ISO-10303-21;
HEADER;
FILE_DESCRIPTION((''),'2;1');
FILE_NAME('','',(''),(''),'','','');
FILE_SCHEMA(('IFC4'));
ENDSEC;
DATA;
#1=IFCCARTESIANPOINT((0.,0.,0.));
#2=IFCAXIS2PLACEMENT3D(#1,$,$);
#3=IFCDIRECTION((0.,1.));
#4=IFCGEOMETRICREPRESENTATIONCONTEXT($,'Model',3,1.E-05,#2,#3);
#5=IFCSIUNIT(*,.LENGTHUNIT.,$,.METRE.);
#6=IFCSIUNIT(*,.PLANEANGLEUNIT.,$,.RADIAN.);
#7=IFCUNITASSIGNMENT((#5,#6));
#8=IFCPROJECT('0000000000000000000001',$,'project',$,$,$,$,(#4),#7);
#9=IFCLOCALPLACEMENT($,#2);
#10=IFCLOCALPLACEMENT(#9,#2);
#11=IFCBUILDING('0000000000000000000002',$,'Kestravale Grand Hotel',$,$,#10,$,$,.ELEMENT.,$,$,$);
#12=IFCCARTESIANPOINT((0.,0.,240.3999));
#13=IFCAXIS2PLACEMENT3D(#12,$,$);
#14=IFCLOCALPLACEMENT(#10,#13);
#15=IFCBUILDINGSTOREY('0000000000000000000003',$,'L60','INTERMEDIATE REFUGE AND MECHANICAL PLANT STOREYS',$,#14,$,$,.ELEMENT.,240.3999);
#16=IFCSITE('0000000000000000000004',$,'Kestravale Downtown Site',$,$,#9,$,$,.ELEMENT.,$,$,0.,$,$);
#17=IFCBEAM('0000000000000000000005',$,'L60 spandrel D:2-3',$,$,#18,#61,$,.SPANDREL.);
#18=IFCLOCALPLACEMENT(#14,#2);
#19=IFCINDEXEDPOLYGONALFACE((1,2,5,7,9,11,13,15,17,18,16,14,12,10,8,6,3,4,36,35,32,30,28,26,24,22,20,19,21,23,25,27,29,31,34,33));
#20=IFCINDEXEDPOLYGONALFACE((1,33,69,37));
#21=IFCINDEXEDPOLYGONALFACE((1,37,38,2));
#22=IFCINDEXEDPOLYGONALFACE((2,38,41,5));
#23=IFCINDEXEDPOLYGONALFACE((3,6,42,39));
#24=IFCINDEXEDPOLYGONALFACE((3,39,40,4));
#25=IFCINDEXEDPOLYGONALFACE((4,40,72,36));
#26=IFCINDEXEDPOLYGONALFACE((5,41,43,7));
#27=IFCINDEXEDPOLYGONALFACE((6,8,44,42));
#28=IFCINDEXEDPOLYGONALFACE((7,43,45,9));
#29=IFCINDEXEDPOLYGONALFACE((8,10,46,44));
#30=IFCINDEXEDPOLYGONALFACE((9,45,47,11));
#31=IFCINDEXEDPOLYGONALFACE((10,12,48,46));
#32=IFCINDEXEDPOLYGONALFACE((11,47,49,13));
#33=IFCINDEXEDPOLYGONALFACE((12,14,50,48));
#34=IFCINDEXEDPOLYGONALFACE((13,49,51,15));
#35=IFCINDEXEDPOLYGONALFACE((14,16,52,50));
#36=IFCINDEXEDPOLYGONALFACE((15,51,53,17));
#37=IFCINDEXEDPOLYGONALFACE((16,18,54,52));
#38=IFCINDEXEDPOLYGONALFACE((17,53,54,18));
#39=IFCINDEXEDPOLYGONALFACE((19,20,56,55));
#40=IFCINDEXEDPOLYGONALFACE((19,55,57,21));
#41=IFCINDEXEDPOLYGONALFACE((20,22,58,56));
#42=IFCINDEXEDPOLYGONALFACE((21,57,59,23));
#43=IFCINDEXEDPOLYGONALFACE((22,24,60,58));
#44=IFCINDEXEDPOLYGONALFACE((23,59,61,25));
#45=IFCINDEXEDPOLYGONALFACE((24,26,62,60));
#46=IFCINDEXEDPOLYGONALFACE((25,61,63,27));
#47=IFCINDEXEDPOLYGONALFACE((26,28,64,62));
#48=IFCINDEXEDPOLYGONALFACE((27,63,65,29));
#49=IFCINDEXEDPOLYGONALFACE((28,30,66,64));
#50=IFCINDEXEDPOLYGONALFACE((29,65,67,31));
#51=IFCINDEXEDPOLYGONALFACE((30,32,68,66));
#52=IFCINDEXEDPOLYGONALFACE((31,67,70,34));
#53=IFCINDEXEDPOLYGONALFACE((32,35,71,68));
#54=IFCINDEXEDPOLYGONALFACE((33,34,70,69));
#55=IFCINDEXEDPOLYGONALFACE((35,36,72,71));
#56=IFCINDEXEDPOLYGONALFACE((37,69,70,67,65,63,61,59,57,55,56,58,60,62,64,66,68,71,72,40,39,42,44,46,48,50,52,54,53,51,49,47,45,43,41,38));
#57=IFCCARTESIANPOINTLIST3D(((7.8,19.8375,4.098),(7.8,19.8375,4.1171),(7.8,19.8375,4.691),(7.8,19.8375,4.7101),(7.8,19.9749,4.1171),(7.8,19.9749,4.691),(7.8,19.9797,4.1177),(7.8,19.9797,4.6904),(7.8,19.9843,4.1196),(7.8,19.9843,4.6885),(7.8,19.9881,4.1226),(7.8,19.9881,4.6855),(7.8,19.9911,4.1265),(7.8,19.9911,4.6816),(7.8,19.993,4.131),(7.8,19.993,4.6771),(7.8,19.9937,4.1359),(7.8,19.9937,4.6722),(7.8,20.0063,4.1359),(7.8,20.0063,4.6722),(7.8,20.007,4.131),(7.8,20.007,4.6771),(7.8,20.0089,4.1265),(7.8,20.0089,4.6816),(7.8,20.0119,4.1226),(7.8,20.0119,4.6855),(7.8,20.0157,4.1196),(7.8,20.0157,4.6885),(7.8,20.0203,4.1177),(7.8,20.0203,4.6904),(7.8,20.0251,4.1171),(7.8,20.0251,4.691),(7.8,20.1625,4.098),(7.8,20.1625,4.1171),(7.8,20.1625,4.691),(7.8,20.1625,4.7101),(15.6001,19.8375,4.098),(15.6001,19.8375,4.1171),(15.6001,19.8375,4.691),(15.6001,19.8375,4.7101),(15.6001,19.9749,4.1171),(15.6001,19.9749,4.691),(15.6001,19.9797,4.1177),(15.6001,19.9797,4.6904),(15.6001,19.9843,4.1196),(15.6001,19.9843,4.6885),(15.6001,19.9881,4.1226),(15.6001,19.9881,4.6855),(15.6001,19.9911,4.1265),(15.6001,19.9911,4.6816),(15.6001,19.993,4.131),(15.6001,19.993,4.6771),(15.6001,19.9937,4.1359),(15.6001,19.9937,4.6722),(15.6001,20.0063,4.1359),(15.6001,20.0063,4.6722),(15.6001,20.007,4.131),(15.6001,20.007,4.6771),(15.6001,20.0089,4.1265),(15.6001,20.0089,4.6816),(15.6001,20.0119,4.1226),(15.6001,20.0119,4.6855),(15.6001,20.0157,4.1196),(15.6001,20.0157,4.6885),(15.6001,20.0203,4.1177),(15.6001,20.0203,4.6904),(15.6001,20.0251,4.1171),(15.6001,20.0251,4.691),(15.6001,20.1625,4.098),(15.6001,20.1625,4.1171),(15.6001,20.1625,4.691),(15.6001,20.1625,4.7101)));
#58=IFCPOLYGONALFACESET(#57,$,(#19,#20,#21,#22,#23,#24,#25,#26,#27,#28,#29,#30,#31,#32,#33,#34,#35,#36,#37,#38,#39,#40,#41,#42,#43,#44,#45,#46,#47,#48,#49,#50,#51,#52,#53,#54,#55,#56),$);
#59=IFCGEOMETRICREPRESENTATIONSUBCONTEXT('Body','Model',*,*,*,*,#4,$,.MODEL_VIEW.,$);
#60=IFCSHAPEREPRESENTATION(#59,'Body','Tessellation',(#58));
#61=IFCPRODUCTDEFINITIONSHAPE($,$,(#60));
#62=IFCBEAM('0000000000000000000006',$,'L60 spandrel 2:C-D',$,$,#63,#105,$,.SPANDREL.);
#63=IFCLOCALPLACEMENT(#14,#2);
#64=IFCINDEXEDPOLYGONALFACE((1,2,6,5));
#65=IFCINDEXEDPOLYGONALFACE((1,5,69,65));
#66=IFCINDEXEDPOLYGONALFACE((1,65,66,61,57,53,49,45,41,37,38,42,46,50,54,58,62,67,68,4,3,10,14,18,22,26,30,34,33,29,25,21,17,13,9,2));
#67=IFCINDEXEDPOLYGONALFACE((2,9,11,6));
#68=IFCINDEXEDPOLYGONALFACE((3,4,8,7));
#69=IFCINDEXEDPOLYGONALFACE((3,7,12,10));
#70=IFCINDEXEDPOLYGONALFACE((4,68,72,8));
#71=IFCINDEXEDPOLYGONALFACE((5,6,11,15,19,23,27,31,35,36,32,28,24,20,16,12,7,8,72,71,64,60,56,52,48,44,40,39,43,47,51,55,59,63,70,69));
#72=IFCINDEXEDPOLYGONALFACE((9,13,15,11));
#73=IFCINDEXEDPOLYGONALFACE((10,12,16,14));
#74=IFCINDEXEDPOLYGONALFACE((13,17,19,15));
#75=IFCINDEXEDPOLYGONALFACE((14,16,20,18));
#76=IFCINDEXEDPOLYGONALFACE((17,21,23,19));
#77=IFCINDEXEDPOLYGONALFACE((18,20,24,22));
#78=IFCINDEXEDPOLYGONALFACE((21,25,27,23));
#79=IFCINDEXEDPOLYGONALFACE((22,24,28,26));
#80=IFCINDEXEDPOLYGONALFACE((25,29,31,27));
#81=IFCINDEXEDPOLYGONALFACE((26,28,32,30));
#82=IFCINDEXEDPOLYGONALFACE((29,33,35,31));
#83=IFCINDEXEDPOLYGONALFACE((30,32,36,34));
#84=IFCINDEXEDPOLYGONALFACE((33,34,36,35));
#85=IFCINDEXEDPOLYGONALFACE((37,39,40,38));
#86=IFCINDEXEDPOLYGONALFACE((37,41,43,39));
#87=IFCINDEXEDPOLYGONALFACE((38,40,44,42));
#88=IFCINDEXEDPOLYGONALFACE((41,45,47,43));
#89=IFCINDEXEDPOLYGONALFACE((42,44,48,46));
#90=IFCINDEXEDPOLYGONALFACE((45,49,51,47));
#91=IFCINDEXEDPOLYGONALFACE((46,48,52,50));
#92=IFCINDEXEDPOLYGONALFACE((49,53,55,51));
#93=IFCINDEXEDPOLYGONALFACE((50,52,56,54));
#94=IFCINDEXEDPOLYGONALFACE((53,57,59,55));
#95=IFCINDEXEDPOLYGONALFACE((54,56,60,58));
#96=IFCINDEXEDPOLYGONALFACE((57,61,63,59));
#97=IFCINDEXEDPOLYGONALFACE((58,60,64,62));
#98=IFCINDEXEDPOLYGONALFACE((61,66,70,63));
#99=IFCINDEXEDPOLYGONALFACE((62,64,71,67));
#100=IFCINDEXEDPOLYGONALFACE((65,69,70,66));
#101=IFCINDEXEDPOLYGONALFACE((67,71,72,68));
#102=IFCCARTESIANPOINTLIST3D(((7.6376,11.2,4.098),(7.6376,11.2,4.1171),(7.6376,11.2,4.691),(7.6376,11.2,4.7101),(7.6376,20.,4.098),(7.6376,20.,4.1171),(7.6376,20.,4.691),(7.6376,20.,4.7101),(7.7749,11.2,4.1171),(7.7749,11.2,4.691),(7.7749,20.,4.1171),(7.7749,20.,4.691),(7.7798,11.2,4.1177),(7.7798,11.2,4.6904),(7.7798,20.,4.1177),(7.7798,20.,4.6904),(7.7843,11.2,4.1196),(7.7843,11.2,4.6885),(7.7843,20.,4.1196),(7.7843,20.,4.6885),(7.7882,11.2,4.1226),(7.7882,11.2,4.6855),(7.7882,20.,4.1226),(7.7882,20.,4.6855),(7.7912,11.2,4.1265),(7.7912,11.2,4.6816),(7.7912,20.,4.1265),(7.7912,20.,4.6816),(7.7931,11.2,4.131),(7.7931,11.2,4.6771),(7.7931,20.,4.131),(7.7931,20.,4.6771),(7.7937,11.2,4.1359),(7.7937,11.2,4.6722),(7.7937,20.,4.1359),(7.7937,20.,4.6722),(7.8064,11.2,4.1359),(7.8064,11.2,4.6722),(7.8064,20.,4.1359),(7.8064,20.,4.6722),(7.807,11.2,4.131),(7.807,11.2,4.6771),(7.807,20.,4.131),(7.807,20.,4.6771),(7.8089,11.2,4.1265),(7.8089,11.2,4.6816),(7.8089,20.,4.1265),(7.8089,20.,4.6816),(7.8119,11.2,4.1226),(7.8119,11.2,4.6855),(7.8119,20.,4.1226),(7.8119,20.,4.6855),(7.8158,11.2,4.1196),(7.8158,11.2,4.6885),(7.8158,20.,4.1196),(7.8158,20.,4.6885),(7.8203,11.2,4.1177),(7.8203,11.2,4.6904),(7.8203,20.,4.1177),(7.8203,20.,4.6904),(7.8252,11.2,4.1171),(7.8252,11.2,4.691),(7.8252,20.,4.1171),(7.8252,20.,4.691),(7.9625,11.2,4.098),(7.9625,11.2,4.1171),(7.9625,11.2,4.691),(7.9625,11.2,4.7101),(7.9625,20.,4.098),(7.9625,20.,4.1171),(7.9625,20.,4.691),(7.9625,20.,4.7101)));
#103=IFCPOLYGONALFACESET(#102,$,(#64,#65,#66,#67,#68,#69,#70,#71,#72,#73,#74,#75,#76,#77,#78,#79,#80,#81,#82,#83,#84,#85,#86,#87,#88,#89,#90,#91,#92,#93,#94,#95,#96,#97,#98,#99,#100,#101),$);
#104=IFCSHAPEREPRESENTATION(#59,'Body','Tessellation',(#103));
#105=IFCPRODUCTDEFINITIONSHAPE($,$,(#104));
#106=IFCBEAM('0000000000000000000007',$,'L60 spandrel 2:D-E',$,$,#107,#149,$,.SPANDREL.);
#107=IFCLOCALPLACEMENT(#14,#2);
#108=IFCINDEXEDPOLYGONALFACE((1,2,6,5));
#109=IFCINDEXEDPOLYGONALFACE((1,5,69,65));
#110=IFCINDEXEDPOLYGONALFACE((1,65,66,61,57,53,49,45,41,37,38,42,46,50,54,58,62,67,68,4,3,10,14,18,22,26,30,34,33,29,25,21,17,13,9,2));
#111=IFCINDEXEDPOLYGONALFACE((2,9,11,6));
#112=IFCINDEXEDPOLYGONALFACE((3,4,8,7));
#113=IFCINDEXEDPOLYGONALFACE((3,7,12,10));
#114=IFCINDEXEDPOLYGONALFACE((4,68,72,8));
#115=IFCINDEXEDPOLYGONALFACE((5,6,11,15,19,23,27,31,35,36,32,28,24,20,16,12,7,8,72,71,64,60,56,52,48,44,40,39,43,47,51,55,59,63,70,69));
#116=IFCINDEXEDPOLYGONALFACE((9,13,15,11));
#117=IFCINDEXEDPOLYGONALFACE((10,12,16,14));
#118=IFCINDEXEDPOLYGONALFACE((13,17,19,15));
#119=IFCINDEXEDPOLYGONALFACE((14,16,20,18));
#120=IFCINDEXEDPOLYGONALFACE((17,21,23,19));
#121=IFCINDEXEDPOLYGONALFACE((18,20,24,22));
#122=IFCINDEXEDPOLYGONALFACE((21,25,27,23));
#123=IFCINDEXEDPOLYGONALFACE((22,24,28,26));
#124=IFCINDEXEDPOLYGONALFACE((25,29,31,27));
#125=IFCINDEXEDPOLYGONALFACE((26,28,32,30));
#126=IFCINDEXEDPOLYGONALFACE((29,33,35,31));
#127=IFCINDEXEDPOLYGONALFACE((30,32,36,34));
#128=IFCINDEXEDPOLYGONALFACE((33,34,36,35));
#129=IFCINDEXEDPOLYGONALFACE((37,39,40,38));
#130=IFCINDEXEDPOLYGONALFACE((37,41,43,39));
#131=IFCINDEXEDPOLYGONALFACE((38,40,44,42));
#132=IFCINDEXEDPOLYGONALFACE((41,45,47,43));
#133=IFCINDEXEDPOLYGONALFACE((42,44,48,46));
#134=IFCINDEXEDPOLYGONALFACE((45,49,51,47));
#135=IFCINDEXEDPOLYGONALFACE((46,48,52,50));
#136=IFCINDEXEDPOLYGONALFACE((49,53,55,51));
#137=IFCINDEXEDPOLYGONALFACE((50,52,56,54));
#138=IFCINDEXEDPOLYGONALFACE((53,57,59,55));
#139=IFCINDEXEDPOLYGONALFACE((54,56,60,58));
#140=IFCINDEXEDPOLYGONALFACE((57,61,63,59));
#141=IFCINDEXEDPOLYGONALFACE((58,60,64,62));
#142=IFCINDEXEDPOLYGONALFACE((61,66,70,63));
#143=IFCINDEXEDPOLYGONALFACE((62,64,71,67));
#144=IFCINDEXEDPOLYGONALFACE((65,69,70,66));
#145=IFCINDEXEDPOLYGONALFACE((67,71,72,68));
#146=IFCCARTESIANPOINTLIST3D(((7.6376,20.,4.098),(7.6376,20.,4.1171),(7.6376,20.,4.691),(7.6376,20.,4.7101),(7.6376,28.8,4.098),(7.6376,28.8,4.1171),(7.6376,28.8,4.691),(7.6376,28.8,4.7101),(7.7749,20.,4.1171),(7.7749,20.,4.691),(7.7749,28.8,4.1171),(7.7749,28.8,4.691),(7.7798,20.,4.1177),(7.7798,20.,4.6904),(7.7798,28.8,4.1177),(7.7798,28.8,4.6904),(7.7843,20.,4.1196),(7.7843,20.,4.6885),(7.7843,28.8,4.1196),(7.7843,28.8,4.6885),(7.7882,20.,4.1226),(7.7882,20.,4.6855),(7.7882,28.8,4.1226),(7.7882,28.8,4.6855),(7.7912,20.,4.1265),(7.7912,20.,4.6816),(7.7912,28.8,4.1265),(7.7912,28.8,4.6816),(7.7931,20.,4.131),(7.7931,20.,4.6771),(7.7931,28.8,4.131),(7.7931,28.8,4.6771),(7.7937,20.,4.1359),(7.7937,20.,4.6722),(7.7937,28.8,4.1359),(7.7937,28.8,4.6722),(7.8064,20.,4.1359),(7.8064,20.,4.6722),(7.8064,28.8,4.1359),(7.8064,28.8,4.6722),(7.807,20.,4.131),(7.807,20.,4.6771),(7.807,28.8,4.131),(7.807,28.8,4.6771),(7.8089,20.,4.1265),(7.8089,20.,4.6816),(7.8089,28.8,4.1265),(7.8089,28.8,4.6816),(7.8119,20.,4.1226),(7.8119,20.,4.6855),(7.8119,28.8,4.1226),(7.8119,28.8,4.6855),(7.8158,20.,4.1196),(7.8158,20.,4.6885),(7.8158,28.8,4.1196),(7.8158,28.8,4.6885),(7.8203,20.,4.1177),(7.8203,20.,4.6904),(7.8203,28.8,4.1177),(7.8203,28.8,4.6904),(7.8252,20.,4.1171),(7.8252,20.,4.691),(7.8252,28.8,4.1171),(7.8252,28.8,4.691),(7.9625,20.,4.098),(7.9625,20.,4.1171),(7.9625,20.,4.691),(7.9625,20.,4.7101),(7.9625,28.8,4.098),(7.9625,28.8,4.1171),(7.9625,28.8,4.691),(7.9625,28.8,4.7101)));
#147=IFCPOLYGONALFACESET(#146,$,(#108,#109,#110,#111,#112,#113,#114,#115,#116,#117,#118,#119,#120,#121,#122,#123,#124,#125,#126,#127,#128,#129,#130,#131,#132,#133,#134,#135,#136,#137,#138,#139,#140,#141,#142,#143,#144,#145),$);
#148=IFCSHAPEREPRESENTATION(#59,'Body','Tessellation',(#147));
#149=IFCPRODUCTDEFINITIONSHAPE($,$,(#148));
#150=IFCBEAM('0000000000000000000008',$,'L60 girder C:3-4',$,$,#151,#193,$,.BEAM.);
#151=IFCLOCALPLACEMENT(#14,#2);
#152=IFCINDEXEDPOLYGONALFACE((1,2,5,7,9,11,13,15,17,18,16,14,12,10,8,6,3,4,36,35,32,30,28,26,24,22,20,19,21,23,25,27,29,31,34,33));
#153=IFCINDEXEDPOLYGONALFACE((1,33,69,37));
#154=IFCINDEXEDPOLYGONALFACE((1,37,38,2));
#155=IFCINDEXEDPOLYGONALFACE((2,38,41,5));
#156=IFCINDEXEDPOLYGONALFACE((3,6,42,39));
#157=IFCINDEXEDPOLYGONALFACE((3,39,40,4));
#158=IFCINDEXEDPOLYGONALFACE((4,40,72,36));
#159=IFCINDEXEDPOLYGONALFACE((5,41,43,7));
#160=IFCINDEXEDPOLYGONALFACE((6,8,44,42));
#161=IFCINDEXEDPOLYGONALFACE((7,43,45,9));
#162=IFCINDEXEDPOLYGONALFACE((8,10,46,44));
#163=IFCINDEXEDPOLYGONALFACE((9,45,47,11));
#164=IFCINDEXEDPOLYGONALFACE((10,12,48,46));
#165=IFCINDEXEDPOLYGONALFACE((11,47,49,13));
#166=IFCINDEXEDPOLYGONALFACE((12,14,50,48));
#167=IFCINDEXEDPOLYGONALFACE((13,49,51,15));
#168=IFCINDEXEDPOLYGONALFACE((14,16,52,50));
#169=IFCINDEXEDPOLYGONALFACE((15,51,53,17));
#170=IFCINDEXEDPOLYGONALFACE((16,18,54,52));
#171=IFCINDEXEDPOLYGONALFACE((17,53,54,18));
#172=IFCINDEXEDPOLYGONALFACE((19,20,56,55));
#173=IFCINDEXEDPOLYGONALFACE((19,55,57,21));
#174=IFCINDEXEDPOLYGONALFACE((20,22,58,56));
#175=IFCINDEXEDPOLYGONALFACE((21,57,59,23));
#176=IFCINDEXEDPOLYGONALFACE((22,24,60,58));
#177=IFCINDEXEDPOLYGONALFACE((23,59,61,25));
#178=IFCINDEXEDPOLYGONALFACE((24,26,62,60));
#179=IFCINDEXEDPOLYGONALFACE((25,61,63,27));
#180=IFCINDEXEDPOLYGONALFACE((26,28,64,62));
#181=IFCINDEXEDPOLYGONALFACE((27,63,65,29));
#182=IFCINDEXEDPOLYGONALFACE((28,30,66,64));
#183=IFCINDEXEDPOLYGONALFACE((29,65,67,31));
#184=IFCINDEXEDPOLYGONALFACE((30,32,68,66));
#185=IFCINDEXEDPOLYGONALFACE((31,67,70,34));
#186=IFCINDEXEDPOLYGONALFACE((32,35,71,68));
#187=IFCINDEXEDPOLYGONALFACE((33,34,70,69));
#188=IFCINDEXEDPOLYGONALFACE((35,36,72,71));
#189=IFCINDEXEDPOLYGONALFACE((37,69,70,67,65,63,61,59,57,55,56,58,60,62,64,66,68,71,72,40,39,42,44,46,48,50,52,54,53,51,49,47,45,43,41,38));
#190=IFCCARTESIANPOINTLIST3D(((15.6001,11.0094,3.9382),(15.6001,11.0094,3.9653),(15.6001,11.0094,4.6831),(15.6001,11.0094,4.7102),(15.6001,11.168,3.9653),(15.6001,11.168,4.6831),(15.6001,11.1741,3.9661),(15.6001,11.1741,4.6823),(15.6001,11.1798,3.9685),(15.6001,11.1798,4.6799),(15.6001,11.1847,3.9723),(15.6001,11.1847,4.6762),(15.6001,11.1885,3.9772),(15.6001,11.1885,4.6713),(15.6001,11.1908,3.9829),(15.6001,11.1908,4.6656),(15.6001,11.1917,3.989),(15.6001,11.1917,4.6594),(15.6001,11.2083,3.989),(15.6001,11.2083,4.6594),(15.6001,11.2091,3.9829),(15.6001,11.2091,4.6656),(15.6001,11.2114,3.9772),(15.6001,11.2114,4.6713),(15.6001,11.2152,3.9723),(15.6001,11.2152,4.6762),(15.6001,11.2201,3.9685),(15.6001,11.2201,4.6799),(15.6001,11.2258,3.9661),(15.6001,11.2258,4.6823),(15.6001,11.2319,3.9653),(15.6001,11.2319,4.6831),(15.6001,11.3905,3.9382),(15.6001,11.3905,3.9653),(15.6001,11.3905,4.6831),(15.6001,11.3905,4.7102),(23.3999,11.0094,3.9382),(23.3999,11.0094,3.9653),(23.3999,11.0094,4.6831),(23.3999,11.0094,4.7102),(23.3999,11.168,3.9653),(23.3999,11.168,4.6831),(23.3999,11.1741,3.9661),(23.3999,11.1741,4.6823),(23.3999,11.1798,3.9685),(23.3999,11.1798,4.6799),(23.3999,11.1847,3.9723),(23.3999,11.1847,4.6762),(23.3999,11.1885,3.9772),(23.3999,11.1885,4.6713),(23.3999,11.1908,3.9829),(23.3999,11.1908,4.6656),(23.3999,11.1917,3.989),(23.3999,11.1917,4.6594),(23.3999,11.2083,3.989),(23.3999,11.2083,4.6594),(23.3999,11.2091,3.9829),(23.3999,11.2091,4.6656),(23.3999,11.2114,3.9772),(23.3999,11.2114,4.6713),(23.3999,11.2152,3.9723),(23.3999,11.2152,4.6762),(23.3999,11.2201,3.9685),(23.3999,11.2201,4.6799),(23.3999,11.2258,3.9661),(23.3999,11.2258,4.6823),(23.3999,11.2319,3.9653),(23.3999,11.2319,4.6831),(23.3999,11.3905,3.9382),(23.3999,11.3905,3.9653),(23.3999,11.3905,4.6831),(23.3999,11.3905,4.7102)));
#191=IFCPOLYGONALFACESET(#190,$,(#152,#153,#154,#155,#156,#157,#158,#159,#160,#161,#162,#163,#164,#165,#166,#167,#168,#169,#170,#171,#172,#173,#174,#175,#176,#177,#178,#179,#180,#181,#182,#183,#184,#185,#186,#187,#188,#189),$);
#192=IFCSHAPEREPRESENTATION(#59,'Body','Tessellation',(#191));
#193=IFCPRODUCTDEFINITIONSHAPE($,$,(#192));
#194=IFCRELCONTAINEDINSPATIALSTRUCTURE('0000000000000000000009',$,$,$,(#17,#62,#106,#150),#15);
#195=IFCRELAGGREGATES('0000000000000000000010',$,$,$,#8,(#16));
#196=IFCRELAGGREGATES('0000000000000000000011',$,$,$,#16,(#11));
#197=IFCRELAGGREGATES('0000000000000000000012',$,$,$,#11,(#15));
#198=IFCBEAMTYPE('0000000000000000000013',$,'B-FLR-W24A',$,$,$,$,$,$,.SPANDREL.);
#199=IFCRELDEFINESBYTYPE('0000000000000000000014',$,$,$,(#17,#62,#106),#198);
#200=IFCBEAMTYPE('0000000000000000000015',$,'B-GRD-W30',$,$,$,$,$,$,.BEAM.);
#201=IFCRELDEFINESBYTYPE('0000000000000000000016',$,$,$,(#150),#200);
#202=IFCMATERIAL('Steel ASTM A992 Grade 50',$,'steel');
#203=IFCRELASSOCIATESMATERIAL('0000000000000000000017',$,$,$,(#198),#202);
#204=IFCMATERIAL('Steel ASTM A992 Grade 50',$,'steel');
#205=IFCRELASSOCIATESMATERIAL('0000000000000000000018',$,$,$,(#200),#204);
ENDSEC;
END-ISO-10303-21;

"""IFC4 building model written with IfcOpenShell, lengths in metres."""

from ifc_helpers import new_model, si_unit, direction, frame, origin, origin_2d, place, context, subcontext, project, spatial, i_section, extrude, material, material_profile, profile_set, type_object, element, save


model = new_model("IFC4")

# Units and contexts
model_context = context("Model", 3, precision=1e-05, world=origin(), true_north=direction((0.0, 1.0)))
body_context = subcontext(model_context, "Body", "Model", "MODEL_VIEW")
ifc_project = project(units=[si_unit("LENGTHUNIT", "METRE"), si_unit("PLANEANGLEUNIT", "RADIAN")], contexts=[model_context])

# Site, building, storey
site_placement = place(None, origin())
site = spatial("IfcSite", under=ifc_project, at=site_placement, Name="Kestravale Downtown Site", CompositionType="ELEMENT", RefElevation=0.0)
building_placement = place(site_placement, origin())
building = spatial("IfcBuilding", under=site, at=building_placement, Name="Kestravale Grand Hotel", CompositionType="ELEMENT")
storey_placement = place(building_placement, frame((0.0, 0.0, 240.3999)))
storey = spatial("IfcBuildingStorey", under=building, at=storey_placement, Name="L60", Description="INTERMEDIATE REFUGE AND MECHANICAL PLANT STOREYS", CompositionType="ELEMENT", Elevation=240.3999)

# Beams
ifc_material_1 = material(Name="Steel ASTM A992 Grade 50", Category="steel")
ifc_material_profile_1 = material_profile(ifc_material_1, i_section(OverallWidth=0.325, OverallDepth=0.6121, WebThickness=0.0127, FlangeThickness=0.019, FilletRadius=0.0188, at=origin_2d()))
ifc_profile_set_1 = profile_set([ifc_material_profile_1], Name="Steel ASTM A992 Grade 50")
beam_type_1 = type_object("IfcBeamType", Name="B-FLR-W24A", PredefinedType="SPANDREL", material=ifc_profile_set_1)
for number, where, z_axis, x_axis, name in (
    (1, (7.8, 20.0, 4.4041), (1.0, 0.0, 0.0), (0.0, 1.0, 0.0), "L60 spandrel D:2-3"),
):
    element("IfcBeam", number, at=place(storey_placement, frame(where, z_axis=z_axis, x_axis=x_axis)), inside=storey, type_object=beam_type_1, Name=name, PredefinedType="SPANDREL", context=body_context, shape_type="SweptSolid", body=[
        extrude(i_section(OverallWidth=0.325, OverallDepth=0.6121, WebThickness=0.0127, FlangeThickness=0.019, FilletRadius=0.0188, at=origin_2d()), origin(), (0.0, 0.0, 1.0), 7.8),
    ])
for number, where, z_axis, x_axis, name in (
    (2, (7.8, 11.2, 4.4041), (0.0, 1.0, 0.0), (-1.0, 0.0, 0.0), "L60 spandrel 2:C-D"),
    (3, (7.8, 20.0, 4.4041), (0.0, 1.0, 0.0), (-1.0, 0.0, 0.0), "L60 spandrel 2:D-E"),
):
    element("IfcBeam", number, at=place(storey_placement, frame(where, z_axis=z_axis, x_axis=x_axis)), inside=storey, type_object=beam_type_1, Name=name, PredefinedType="SPANDREL", context=body_context, shape_type="SweptSolid", body=[
        extrude(i_section(OverallWidth=0.325, OverallDepth=0.6121, WebThickness=0.0127, FlangeThickness=0.019, FilletRadius=0.0188, at=origin_2d()), origin(), (0.0, 0.0, 1.0), 8.8),
    ])
ifc_material_2 = material(Name="Steel ASTM A992 Grade 50", Category="steel")
ifc_material_profile_2 = material_profile(ifc_material_2, i_section(OverallWidth=0.3811, OverallDepth=0.772, WebThickness=0.0166, FlangeThickness=0.0271, FilletRadius=0.0237, at=origin_2d()))
ifc_profile_set_2 = profile_set([ifc_material_profile_2], Name="Steel ASTM A992 Grade 50")
beam_type_2 = type_object("IfcBeamType", Name="B-GRD-W30", PredefinedType="BEAM", material=ifc_profile_set_2)
for number, where, z_axis, x_axis, name in (
    (4, (15.6001, 11.2, 4.3242), (1.0, 0.0, 0.0), (0.0, 1.0, 0.0), "L60 girder C:3-4"),
):
    element("IfcBeam", number, at=place(storey_placement, frame(where, z_axis=z_axis, x_axis=x_axis)), inside=storey, type_object=beam_type_2, Name=name, PredefinedType="BEAM", context=body_context, shape_type="SweptSolid", body=[
        extrude(i_section(OverallWidth=0.3811, OverallDepth=0.772, WebThickness=0.0166, FlangeThickness=0.0271, FilletRadius=0.0237, at=origin_2d()), origin(), (0.0, 0.0, 1.0), 7.7998),
    ])

save(model, "model.ifc")
